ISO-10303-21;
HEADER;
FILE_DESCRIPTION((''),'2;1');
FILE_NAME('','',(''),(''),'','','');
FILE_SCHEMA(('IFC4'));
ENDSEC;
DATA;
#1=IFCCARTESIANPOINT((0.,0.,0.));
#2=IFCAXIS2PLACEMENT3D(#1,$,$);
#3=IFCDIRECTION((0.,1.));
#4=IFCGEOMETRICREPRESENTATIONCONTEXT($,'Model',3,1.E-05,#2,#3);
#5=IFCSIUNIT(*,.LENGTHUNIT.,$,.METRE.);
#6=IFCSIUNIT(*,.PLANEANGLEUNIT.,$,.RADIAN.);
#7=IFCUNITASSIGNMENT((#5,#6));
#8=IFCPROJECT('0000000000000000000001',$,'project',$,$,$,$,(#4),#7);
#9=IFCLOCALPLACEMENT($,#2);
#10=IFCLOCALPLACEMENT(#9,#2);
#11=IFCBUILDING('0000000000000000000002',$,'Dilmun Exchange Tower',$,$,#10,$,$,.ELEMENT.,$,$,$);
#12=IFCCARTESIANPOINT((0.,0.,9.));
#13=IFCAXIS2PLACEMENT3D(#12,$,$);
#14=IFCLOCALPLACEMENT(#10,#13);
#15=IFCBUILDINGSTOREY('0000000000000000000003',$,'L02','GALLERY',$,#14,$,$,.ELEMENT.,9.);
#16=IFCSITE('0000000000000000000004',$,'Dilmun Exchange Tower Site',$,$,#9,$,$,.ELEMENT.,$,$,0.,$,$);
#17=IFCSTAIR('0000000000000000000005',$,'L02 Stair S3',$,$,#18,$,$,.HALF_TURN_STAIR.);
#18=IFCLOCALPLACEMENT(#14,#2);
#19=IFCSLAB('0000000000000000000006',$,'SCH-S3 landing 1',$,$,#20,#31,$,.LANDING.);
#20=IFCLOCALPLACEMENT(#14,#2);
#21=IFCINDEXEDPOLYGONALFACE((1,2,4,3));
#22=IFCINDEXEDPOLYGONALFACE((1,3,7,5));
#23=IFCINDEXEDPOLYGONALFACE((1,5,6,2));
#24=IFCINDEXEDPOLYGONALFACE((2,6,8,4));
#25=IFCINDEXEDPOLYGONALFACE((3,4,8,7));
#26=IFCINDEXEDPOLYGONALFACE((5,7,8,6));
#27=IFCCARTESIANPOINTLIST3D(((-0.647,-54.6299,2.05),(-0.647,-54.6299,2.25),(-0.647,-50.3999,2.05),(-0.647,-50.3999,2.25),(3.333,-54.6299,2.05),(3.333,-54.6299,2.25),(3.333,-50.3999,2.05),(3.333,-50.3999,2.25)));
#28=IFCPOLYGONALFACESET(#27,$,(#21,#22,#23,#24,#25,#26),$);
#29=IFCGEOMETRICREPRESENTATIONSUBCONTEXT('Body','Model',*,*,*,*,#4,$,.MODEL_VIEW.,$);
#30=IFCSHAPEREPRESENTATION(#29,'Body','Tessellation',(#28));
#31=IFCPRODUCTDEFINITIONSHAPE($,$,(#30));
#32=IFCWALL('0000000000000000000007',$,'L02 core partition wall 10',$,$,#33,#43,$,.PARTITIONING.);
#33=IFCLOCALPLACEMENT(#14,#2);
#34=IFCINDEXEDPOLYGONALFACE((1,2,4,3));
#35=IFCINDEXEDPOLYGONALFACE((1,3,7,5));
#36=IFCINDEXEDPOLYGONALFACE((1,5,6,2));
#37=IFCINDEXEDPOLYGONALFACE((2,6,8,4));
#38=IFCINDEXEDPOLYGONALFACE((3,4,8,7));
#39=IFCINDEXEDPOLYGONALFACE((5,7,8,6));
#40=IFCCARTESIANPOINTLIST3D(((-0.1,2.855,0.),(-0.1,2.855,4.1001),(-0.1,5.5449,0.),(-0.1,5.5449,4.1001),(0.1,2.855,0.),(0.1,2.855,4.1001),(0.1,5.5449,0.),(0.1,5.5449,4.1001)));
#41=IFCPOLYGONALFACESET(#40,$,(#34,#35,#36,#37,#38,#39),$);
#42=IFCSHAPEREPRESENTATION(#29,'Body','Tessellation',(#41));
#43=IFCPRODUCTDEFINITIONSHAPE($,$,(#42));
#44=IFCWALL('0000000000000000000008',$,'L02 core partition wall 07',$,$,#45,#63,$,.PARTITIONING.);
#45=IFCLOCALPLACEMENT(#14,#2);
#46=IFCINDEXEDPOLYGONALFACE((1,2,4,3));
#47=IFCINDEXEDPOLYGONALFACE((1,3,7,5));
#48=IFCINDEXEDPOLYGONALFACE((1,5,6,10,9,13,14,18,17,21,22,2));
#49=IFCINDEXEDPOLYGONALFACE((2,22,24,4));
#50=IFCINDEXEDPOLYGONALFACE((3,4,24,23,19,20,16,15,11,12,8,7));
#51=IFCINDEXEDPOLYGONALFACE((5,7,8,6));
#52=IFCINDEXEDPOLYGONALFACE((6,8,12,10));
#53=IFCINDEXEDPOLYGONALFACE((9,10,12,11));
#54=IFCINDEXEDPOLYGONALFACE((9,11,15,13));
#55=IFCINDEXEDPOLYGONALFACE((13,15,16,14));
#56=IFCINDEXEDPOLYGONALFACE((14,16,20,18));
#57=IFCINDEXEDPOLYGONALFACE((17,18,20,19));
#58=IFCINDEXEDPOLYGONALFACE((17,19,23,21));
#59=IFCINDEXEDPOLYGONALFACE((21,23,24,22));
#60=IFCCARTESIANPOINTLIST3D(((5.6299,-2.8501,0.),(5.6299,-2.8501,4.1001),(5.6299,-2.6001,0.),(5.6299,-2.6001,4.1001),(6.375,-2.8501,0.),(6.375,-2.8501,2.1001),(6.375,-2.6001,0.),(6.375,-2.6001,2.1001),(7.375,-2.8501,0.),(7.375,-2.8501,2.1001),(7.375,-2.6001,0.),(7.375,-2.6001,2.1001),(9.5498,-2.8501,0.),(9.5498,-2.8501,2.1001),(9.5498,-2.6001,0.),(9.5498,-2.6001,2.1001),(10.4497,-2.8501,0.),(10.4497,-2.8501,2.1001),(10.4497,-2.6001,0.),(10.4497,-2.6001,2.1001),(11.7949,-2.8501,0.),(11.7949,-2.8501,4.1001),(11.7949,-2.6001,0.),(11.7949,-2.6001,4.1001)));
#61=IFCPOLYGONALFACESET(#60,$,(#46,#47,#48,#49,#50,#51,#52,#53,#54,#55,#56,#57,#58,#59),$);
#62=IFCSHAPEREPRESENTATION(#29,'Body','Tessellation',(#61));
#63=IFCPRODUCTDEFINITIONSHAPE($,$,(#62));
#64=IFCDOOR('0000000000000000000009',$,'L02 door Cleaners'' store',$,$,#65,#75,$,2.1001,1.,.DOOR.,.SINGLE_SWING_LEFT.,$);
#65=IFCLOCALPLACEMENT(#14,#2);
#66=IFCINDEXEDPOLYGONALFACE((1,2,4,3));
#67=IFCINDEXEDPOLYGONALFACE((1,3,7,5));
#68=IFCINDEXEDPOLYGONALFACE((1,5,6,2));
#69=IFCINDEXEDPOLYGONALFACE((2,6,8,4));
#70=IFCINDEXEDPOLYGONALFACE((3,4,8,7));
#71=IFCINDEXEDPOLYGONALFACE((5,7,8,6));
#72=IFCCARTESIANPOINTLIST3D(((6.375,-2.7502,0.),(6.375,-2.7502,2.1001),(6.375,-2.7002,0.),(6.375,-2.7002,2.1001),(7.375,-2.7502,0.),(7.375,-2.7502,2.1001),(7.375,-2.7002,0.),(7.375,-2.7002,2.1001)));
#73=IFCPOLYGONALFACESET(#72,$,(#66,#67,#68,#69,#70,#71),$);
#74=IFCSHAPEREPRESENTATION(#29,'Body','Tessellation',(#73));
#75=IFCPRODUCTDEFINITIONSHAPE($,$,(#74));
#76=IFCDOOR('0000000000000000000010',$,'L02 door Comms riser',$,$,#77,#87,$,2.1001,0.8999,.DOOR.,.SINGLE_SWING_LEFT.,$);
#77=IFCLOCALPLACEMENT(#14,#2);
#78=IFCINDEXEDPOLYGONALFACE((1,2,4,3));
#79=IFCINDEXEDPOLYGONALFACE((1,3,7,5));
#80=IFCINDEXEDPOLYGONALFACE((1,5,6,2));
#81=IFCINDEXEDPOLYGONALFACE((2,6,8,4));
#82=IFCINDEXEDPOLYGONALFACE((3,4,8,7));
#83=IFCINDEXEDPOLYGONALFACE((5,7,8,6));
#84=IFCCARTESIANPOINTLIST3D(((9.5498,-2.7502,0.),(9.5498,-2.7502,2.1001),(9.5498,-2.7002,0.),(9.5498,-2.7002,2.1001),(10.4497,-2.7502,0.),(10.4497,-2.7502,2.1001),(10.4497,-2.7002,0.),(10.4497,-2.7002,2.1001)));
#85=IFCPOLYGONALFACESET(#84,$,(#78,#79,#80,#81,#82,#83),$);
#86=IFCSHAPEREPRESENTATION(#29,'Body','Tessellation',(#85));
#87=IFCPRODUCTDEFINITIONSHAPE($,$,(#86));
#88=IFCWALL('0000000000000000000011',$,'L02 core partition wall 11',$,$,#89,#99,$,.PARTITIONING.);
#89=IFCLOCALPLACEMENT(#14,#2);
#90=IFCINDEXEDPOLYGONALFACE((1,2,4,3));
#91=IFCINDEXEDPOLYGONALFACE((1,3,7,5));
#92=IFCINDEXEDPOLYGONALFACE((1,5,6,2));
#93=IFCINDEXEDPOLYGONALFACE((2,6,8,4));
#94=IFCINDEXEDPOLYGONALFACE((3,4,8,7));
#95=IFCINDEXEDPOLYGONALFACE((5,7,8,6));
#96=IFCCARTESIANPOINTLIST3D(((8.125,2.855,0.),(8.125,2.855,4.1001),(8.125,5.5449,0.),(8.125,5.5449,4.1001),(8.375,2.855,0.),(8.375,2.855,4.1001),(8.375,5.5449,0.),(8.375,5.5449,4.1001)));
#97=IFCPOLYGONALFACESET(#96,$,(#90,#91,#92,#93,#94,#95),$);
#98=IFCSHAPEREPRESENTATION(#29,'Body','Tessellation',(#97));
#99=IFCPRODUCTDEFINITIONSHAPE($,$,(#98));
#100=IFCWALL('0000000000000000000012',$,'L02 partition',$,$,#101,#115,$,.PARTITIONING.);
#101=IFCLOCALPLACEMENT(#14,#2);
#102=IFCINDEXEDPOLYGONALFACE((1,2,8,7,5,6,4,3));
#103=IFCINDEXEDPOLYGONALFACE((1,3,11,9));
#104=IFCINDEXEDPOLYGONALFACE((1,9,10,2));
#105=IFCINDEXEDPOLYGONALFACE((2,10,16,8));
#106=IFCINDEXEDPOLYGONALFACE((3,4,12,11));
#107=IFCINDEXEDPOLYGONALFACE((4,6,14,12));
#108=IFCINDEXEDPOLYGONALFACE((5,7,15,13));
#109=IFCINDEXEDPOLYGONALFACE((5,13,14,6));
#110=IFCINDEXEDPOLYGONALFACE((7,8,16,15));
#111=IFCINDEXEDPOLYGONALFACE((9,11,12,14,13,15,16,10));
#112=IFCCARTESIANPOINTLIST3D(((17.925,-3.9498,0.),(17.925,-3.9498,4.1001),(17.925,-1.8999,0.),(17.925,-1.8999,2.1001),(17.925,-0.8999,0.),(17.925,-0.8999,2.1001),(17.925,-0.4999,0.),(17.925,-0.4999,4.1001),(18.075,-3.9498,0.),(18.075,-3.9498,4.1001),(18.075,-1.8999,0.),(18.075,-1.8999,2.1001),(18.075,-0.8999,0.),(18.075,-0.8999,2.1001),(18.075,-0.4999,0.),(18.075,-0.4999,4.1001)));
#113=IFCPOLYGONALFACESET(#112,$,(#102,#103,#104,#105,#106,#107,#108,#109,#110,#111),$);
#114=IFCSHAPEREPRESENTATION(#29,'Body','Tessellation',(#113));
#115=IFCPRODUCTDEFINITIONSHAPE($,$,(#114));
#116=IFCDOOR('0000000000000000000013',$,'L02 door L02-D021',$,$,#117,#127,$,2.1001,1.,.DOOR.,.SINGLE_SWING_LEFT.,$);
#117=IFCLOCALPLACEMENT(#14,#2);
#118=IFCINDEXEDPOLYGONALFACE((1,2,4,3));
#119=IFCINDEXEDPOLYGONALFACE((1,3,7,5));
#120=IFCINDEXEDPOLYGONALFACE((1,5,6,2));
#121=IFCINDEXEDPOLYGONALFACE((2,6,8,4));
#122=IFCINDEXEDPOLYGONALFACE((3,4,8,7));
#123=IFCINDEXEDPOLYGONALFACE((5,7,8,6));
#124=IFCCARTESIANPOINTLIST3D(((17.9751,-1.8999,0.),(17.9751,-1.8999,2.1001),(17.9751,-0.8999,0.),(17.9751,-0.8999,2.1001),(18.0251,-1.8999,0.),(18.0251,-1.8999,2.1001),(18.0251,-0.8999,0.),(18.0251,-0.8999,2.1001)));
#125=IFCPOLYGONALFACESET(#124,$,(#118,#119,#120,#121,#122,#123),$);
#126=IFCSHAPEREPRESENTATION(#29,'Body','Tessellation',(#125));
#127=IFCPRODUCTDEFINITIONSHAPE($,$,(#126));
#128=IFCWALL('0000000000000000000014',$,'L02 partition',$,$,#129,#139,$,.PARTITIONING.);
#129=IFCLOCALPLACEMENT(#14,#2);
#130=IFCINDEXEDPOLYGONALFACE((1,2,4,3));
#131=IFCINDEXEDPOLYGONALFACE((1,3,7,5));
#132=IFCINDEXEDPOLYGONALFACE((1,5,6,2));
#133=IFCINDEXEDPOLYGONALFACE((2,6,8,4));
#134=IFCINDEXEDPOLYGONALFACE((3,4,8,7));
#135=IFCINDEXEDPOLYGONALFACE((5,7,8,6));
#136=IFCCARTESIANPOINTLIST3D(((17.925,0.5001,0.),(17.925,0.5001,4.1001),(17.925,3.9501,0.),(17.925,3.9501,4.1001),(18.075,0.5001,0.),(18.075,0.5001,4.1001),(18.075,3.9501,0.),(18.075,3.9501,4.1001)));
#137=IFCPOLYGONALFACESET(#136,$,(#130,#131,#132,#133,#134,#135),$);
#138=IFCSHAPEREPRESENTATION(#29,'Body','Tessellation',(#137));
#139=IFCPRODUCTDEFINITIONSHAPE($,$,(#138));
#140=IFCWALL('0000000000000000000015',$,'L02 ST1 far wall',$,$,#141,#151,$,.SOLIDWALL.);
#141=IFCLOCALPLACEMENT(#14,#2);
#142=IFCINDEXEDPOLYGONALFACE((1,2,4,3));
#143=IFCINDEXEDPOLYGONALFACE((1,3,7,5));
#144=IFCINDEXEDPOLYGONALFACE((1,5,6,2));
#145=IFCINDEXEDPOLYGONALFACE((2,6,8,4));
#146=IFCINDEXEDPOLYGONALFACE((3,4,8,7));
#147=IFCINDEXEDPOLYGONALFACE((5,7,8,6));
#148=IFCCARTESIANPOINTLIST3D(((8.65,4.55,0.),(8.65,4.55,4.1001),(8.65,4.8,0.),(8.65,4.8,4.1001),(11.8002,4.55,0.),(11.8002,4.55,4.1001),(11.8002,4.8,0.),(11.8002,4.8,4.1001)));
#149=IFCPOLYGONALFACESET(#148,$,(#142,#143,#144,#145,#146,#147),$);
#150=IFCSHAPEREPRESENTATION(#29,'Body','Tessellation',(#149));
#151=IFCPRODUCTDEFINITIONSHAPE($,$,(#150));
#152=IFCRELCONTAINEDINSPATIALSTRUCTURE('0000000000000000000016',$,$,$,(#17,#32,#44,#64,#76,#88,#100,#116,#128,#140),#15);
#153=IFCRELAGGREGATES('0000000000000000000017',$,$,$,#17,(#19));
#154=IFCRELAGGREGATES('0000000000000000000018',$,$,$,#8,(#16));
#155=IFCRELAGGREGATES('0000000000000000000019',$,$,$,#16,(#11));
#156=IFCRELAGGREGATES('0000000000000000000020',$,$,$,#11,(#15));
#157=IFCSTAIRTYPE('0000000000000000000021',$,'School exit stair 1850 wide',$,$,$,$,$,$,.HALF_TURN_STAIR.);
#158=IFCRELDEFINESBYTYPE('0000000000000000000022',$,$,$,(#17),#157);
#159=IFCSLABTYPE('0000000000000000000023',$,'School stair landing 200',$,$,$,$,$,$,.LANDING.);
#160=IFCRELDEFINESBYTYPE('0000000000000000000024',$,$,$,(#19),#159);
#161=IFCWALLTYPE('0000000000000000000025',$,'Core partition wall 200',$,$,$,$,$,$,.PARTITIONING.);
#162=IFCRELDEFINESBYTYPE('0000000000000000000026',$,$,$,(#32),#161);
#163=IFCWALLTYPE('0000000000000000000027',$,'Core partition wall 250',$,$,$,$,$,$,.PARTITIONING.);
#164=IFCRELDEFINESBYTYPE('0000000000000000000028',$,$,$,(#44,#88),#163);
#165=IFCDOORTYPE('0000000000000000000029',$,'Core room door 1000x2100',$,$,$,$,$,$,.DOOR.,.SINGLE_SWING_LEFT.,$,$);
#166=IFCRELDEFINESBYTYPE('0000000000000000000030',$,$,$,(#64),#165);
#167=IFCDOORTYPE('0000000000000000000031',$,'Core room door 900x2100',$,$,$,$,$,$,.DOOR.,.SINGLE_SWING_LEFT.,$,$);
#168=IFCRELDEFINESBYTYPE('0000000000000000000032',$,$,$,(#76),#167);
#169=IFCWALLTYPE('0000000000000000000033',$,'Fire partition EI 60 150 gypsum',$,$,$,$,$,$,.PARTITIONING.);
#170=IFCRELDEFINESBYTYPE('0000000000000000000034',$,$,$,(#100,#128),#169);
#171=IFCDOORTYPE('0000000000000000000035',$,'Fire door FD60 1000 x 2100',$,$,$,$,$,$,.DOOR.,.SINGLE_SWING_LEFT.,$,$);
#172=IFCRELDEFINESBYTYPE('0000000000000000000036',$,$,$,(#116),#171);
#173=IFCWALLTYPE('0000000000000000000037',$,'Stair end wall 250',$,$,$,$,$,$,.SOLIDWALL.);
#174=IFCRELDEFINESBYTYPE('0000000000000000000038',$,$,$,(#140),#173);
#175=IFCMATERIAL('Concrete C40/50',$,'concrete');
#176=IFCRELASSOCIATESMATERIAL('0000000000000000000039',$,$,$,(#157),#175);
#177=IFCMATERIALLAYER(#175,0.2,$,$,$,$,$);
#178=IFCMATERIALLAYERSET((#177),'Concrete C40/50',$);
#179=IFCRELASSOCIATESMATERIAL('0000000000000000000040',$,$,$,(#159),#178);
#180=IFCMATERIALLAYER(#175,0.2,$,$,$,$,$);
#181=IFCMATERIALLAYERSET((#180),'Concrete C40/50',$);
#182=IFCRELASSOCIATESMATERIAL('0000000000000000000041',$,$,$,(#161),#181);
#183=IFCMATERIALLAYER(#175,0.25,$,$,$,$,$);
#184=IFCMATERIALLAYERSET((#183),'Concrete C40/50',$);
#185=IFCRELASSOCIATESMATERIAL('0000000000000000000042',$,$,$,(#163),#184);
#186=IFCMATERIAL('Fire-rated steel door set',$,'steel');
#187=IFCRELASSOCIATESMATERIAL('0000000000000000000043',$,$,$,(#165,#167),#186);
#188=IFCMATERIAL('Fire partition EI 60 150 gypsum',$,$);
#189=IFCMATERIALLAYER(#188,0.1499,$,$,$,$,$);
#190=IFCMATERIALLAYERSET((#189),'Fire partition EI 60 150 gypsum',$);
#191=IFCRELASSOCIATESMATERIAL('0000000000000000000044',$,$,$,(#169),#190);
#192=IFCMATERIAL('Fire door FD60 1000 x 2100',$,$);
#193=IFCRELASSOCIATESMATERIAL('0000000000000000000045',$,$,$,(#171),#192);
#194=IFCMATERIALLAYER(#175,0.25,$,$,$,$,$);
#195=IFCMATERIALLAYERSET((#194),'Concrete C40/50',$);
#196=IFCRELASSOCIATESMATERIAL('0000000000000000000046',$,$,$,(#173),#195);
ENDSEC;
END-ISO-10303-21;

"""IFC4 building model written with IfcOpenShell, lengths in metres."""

from ifc_helpers import new_model, si_unit, direction, frame, frame_2d, origin, place, context, subcontext, project, spatial, polyline, rectangle, outline, extrude, material, layer, layer_set, type_object, element, fill, aggregate, save


model = new_model("IFC4")

# Units and contexts
model_context = context("Model", 3, precision=1e-05, world=origin(), true_north=direction((0.0, 1.0)))
body_context = subcontext(model_context, "Body", "Model", "MODEL_VIEW")
ifc_project = project(units=[si_unit("LENGTHUNIT", "METRE"), si_unit("PLANEANGLEUNIT", "RADIAN")], contexts=[model_context])

# Site, building, storey
site_placement = place(None, origin())
site = spatial("IfcSite", under=ifc_project, at=site_placement, Name="Dilmun Exchange Tower Site", CompositionType="ELEMENT", RefElevation=0.0)
building_placement = place(site_placement, origin())
building = spatial("IfcBuilding", under=site, at=building_placement, Name="Dilmun Exchange Tower", CompositionType="ELEMENT")
storey_placement = place(building_placement, frame((0.0, 0.0, 9.0)))
storey = spatial("IfcBuildingStorey", under=building, at=storey_placement, Name="L02", Description="GALLERY", CompositionType="ELEMENT", Elevation=9.0)

# Shared definitions
ifc_material_1 = material(Name="Concrete C40/50", Category="concrete")

# Stair, slab
stair_type = type_object("IfcStairType", Name="School exit stair 1850 wide", PredefinedType="HALF_TURN_STAIR", material=ifc_material_1)
ifc_layer_1 = layer(ifc_material_1, 0.2)
ifc_layer_set_1 = layer_set([ifc_layer_1], Name="Concrete C40/50")
slab_type_1 = type_object("IfcSlabType", Name="School stair landing 200", PredefinedType="LANDING", material=ifc_layer_set_1)
stair_1_placement = place(storey_placement, origin())
stair_1 = element("IfcStair", 1, at=stair_1_placement, inside=storey, type_object=stair_type, Name="L02 Stair S3", PredefinedType="HALF_TURN_STAIR")
slab_1_placement = place(storey_placement, frame((0.0, 0.0, 2.05)))
slab_1 = element("IfcSlab", 2, at=slab_1_placement, type_object=slab_type_1, Name="SCH-S3 landing 1", PredefinedType="LANDING", context=body_context, shape_type="SweptSolid", body=[
    extrude(outline(polyline([(3.333, -54.6299), (3.333, -50.3999), (-0.647, -50.3999), (-0.647, -54.6299), (3.333, -54.6299)])), origin(), (0.0, 0.0, 1.0), 0.2),
])
aggregate(stair_1, [slab_1])

# Wall
ifc_layer_2 = layer(ifc_material_1, 0.2)
ifc_layer_set_2 = layer_set([ifc_layer_2], Name="Concrete C40/50")
wall_type_1 = type_object("IfcWallType", Name="Core partition wall 200", PredefinedType="PARTITIONING", material=ifc_layer_set_2)
wall_1_placement = place(storey_placement, frame((0.0, 2.855, 0.0), z_axis=(0.0, 0.0, 1.0), x_axis=(0.0, 1.0, 0.0)))
element("IfcWall", 3, at=wall_1_placement, inside=storey, type_object=wall_type_1, Name="L02 core partition wall 10", PredefinedType="PARTITIONING", context=body_context, shape_type="SweptSolid", body=[
    extrude(rectangle(XDim=2.6899, YDim=0.2, at=frame_2d((1.345, 0.0))), origin(), (0.0, 0.0, 1.0), 4.1001),
])

# Wall, openings, doors
ifc_layer_3 = layer(ifc_material_1, 0.25)
ifc_layer_set_3 = layer_set([ifc_layer_3], Name="Concrete C40/50")
wall_type_2 = type_object("IfcWallType", Name="Core partition wall 250", PredefinedType="PARTITIONING", material=ifc_layer_set_3)
wall_2_placement = place(storey_placement, frame((5.6299, -2.7251, 0.0), z_axis=(0.0, 0.0, 1.0), x_axis=(1.0, 0.0, 0.0)))
wall_2 = element("IfcWall", 4, at=wall_2_placement, inside=storey, type_object=wall_type_2, Name="L02 core partition wall 07", PredefinedType="PARTITIONING", context=body_context, shape_type="SweptSolid", body=[
    extrude(rectangle(XDim=6.165, YDim=0.25, at=frame_2d((3.0825, 0.0))), origin(), (0.0, 0.0, 1.0), 4.1001),
])
opening_1_placement = place(wall_2_placement, frame((0.7451, 0.0, 0.0)))
opening_1 = element("IfcOpeningElement", 5, at=opening_1_placement, cuts=wall_2, PredefinedType="OPENING", context=body_context, shape_type="SweptSolid", body=[
    extrude(rectangle(XDim=1.0, YDim=2.1001, at=frame_2d((0.5, 1.05))), frame((0.0, 0.135, 0.0), z_axis=(0.0, -1.0, 0.0), x_axis=(1.0, 0.0, 0.0)), (0.0, 0.0, 1.0), 0.27),
])
opening_2_placement = place(wall_2_placement, frame((3.9199, 0.0, 0.0)))
opening_2 = element("IfcOpeningElement", 6, at=opening_2_placement, cuts=wall_2, PredefinedType="OPENING", context=body_context, shape_type="SweptSolid", body=[
    extrude(rectangle(XDim=0.8999, YDim=2.1001, at=frame_2d((0.45, 1.05))), frame((0.0, 0.135, 0.0), z_axis=(0.0, -1.0, 0.0), x_axis=(1.0, 0.0, 0.0)), (0.0, 0.0, 1.0), 0.27),
])
ifc_material_2 = material(Name="Fire-rated steel door set", Category="steel")
door_type_1 = type_object("IfcDoorType", Name="Core room door 1000x2100", OperationType="SINGLE_SWING_LEFT", PredefinedType="DOOR", material=ifc_material_2)
door_1_placement = place(opening_1_placement, origin())
door_1 = element("IfcDoor", 7, at=door_1_placement, inside=storey, type_object=door_type_1, Name="L02 door Cleaners' store", OperationType="SINGLE_SWING_LEFT", OverallHeight=2.1001, OverallWidth=1.0, PredefinedType="DOOR", context=body_context, shape_type="SweptSolid", body=[
    extrude(rectangle(XDim=1.0, YDim=2.1001, at=frame_2d((0.5, 1.05))), frame((0.0, 0.0249, 0.0), z_axis=(0.0, -1.0, 0.0), x_axis=(1.0, 0.0, 0.0)), (0.0, 0.0, 1.0), 0.05),
])
fill(opening_1, door_1)
door_type_2 = type_object("IfcDoorType", Name="Core room door 900x2100", OperationType="SINGLE_SWING_LEFT", PredefinedType="DOOR", material=ifc_material_2)
door_2_placement = place(opening_2_placement, origin())
door_2 = element("IfcDoor", 8, at=door_2_placement, inside=storey, type_object=door_type_2, Name="L02 door Comms riser", OperationType="SINGLE_SWING_LEFT", OverallHeight=2.1001, OverallWidth=0.8999, PredefinedType="DOOR", context=body_context, shape_type="SweptSolid", body=[
    extrude(rectangle(XDim=0.8999, YDim=2.1001, at=frame_2d((0.45, 1.05))), frame((0.0, 0.0249, 0.0), z_axis=(0.0, -1.0, 0.0), x_axis=(1.0, 0.0, 0.0)), (0.0, 0.0, 1.0), 0.05),
])
fill(opening_2, door_2)

# Wall
wall_3_placement = place(storey_placement, frame((8.25, 2.855, 0.0), z_axis=(0.0, 0.0, 1.0), x_axis=(0.0, 1.0, 0.0)))
element("IfcWall", 9, at=wall_3_placement, inside=storey, type_object=wall_type_2, Name="L02 core partition wall 11", PredefinedType="PARTITIONING", context=body_context, shape_type="SweptSolid", body=[
    extrude(rectangle(XDim=2.6899, YDim=0.25, at=frame_2d((1.345, 0.0))), origin(), (0.0, 0.0, 1.0), 4.1001),
])

# Wall, opening, door
ifc_material_3 = material(Name="Fire partition EI 60 150 gypsum")
ifc_layer_4 = layer(ifc_material_3, 0.1499)
ifc_layer_set_4 = layer_set([ifc_layer_4], Name="Fire partition EI 60 150 gypsum")
wall_type_3 = type_object("IfcWallType", Name="Fire partition EI 60 150 gypsum", PredefinedType="PARTITIONING", material=ifc_layer_set_4)
wall_4_placement = place(storey_placement, frame((18.0, -3.95, 0.0), z_axis=(0.0, 0.0, 1.0), x_axis=(0.0, 1.0, 0.0)))
wall_4 = element("IfcWall", 10, at=wall_4_placement, inside=storey, type_object=wall_type_3, Name="L02 partition", PredefinedType="PARTITIONING", context=body_context, shape_type="SweptSolid", body=[
    extrude(rectangle(XDim=3.45, YDim=0.1499, at=frame_2d((1.7251, 0.0))), origin(), (0.0, 0.0, 1.0), 4.1001),
])
opening_3_placement = place(wall_4_placement, frame((2.05, 0.0, 0.0)))
opening_3 = element("IfcOpeningElement", 11, at=opening_3_placement, cuts=wall_4, PredefinedType="OPENING", context=body_context, shape_type="SweptSolid", body=[
    extrude(rectangle(XDim=1.0, YDim=2.1001, at=frame_2d((0.5, 1.05))), frame((0.0, 0.085, 0.0), z_axis=(0.0, -1.0, 0.0), x_axis=(1.0, 0.0, 0.0)), (0.0, 0.0, 1.0), 0.1699),
])
ifc_material_4 = material(Name="Fire door FD60 1000 x 2100")
door_type_3 = type_object("IfcDoorType", Name="Fire door FD60 1000 x 2100", OperationType="SINGLE_SWING_LEFT", PredefinedType="DOOR", material=ifc_material_4)
door_3_placement = place(opening_3_placement, origin())
door_3 = element("IfcDoor", 12, at=door_3_placement, inside=storey, type_object=door_type_3, Name="L02 door L02-D021", OperationType="SINGLE_SWING_LEFT", OverallHeight=2.1001, OverallWidth=1.0, PredefinedType="DOOR", context=body_context, shape_type="SweptSolid", body=[
    extrude(rectangle(XDim=1.0, YDim=2.1001, at=frame_2d((0.5, 1.05))), frame((0.0, 0.0249, 0.0), z_axis=(0.0, -1.0, 0.0), x_axis=(1.0, 0.0, 0.0)), (0.0, 0.0, 1.0), 0.05),
])
fill(opening_3, door_3)

# Walls
wall_5_placement = place(storey_placement, frame((18.0, 0.5, 0.0), z_axis=(0.0, 0.0, 1.0), x_axis=(0.0, 1.0, 0.0)))
element("IfcWall", 13, at=wall_5_placement, inside=storey, type_object=wall_type_3, Name="L02 partition", PredefinedType="PARTITIONING", context=body_context, shape_type="SweptSolid", body=[
    extrude(rectangle(XDim=3.45, YDim=0.1499, at=frame_2d((1.7251, 0.0))), origin(), (0.0, 0.0, 1.0), 4.1001),
])
ifc_layer_5 = layer(ifc_material_1, 0.25)
ifc_layer_set_5 = layer_set([ifc_layer_5], Name="Concrete C40/50")
wall_type_4 = type_object("IfcWallType", Name="Stair end wall 250", PredefinedType="SOLIDWALL", material=ifc_layer_set_5)
wall_6_placement = place(storey_placement, frame((8.6499, 4.675, 0.0), z_axis=(0.0, 0.0, 1.0), x_axis=(1.0, 0.0, 0.0)))
element("IfcWall", 14, at=wall_6_placement, inside=storey, type_object=wall_type_4, Name="L02 ST1 far wall", PredefinedType="SOLIDWALL", context=body_context, shape_type="SweptSolid", body=[
    extrude(rectangle(XDim=3.1501, YDim=0.25, at=frame_2d((1.5752, 0.0))), origin(), (0.0, 0.0, 1.0), 4.1001),
])

save(model, "model.ifc")
